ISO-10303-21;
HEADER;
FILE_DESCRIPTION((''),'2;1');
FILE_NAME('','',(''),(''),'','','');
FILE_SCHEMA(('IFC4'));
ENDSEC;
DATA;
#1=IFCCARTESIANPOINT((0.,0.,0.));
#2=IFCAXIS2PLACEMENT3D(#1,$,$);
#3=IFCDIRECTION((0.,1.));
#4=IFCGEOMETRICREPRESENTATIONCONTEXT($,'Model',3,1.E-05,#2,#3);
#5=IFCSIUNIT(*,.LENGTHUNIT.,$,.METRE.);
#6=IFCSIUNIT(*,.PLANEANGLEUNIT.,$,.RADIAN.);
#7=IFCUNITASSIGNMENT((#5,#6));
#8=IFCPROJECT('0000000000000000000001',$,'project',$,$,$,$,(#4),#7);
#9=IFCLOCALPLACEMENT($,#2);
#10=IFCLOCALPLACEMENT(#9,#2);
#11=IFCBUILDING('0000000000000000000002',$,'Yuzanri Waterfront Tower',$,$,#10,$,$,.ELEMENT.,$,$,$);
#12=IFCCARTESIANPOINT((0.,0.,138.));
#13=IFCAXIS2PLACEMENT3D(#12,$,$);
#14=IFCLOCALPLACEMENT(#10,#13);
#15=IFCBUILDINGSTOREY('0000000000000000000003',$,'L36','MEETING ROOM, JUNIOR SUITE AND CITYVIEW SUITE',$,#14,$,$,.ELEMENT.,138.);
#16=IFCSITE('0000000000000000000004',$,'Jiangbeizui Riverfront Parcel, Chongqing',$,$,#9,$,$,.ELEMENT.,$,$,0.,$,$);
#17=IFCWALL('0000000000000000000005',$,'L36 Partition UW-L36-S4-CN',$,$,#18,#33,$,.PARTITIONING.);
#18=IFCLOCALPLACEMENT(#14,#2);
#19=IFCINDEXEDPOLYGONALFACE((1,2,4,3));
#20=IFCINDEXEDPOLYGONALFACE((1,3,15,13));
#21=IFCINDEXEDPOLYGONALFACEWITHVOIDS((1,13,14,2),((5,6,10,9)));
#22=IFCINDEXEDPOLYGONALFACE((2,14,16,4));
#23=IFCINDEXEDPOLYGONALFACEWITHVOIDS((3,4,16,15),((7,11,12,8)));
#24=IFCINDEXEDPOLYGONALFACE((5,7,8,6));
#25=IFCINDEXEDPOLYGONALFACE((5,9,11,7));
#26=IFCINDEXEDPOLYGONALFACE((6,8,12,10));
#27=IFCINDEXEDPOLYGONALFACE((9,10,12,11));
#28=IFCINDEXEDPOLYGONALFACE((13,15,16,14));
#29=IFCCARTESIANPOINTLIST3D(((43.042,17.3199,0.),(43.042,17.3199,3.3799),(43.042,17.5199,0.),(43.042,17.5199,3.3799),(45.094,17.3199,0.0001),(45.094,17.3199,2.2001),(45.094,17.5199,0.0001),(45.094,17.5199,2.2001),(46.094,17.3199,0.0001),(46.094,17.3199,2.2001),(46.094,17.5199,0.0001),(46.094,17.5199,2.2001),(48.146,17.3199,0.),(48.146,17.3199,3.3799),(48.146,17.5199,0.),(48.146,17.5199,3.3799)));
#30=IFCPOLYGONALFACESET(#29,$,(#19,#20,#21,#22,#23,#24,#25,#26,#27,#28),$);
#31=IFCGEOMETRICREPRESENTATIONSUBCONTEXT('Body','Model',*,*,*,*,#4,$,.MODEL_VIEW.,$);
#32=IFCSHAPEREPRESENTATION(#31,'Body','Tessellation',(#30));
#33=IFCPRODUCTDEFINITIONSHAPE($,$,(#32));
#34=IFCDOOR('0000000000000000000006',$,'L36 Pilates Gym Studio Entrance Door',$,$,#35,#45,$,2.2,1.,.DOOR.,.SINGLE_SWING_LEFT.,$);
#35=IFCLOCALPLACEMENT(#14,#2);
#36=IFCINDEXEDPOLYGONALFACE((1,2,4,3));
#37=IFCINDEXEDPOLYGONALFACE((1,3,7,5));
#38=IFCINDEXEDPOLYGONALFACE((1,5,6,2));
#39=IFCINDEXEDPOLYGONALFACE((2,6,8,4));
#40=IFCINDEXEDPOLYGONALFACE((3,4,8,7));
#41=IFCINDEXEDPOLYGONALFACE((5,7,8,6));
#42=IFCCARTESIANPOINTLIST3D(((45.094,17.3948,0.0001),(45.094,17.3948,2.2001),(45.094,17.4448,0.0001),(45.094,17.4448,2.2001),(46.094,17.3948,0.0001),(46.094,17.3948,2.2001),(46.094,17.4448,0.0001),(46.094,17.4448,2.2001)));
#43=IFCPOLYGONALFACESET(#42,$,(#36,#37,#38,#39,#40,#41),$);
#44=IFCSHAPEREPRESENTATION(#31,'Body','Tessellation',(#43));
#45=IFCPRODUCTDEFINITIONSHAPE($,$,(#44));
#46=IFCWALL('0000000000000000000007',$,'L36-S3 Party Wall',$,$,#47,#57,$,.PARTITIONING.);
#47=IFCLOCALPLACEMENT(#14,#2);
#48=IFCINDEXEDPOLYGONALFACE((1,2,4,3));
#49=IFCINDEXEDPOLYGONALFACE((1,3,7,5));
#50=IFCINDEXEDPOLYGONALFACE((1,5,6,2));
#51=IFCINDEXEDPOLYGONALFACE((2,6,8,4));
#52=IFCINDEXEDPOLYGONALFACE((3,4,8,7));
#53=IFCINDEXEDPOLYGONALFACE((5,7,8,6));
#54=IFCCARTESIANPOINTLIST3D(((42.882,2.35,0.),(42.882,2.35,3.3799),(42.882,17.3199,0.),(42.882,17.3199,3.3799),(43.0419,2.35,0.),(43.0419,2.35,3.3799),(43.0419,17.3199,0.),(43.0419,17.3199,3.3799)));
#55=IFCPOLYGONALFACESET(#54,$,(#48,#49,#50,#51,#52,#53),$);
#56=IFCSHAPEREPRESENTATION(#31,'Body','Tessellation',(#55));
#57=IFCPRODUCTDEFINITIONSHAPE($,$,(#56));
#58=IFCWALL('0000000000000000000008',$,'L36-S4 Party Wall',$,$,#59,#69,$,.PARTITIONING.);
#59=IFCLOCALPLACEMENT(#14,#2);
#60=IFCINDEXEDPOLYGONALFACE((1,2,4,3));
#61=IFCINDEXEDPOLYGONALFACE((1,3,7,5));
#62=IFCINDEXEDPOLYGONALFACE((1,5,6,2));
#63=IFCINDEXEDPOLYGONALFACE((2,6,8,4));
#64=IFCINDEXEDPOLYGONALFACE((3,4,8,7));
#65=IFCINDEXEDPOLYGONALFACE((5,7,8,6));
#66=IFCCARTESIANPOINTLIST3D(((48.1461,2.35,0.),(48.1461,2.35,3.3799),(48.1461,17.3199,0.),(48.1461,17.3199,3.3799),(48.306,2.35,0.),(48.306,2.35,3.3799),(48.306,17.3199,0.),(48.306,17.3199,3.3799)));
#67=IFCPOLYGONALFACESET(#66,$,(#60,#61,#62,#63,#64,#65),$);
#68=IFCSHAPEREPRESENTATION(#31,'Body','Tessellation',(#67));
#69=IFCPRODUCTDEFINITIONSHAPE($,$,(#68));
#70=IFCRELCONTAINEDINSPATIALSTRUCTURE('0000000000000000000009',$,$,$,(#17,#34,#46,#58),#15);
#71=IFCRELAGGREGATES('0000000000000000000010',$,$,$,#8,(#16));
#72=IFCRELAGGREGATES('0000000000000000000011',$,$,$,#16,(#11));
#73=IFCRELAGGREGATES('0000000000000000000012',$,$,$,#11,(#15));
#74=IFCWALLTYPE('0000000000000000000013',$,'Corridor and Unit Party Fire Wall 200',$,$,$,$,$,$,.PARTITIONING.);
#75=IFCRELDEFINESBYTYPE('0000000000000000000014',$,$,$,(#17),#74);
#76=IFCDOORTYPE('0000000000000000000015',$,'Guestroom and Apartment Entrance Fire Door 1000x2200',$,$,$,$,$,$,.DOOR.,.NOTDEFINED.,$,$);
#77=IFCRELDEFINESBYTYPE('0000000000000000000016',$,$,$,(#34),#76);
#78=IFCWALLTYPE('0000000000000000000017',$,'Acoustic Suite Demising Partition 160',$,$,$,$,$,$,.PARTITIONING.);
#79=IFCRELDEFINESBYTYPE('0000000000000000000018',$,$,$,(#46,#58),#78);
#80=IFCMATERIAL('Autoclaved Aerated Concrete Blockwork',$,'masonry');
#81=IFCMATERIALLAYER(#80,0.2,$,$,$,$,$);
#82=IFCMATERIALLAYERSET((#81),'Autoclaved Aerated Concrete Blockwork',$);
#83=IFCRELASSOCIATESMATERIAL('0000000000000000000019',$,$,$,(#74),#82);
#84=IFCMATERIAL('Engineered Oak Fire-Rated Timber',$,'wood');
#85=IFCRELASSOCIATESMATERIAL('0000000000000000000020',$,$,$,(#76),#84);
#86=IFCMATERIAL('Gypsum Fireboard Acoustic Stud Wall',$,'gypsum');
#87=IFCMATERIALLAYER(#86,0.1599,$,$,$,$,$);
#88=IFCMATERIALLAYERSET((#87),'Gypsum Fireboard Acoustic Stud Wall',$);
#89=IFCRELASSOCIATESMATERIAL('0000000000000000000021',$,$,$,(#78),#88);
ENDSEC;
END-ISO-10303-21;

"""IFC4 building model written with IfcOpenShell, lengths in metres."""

from ifc_helpers import new_model, si_unit, direction, frame, frame_2d, origin, place, context, subcontext, project, spatial, rectangle, extrude, source, transform, mapped, material, layer, layer_set, type_object, element, fill, save


model = new_model("IFC4")

# Units and contexts
model_context = context("Model", 3, precision=1e-05, world=origin(), true_north=direction((0.0, 1.0)))
body_context = subcontext(model_context, "Body", "Model", "MODEL_VIEW")
ifc_project = project(units=[si_unit("LENGTHUNIT", "METRE"), si_unit("PLANEANGLEUNIT", "RADIAN")], contexts=[model_context])

# Site, building, storey
site_placement = place(None, origin())
site = spatial("IfcSite", under=ifc_project, at=site_placement, Name="Jiangbeizui Riverfront Parcel, Chongqing", CompositionType="ELEMENT", RefElevation=0.0)
building_placement = place(site_placement, origin())
building = spatial("IfcBuilding", under=site, at=building_placement, Name="Yuzanri Waterfront Tower", CompositionType="ELEMENT")
storey_placement = place(building_placement, frame((0.0, 0.0, 138.0)))
storey = spatial("IfcBuildingStorey", under=building, at=storey_placement, Name="L36", Description="MEETING ROOM, JUNIOR SUITE AND CITYVIEW SUITE", CompositionType="ELEMENT", Elevation=138.0)

# Wall, opening, door
ifc_material_1 = material(Name="Autoclaved Aerated Concrete Blockwork", Category="masonry")
ifc_layer_1 = layer(ifc_material_1, 0.2)
ifc_layer_set_1 = layer_set([ifc_layer_1], Name="Autoclaved Aerated Concrete Blockwork")
wall_type_1 = type_object("IfcWallType", Name="Corridor and Unit Party Fire Wall 200", PredefinedType="PARTITIONING", material=ifc_layer_set_1)
wall_placement = place(storey_placement, frame((43.042, 17.4199, 0.0), z_axis=(0.0, 0.0, 1.0), x_axis=(1.0, 0.0, 0.0)))
wall = element("IfcWall", 1, at=wall_placement, inside=storey, type_object=wall_type_1, Name="L36 Partition UW-L36-S4-CN", PredefinedType="PARTITIONING", context=body_context, shape_type="SweptSolid", body=[
    extrude(rectangle(XDim=5.104, YDim=0.2, at=frame_2d((2.552, 0.0))), origin(), (0.0, 0.0, 1.0), 3.3799),
])
opening_placement = place(wall_placement, frame((2.052, 0.0, 0.0)))
opening = element("IfcOpeningElement", 2, at=opening_placement, cuts=wall, PredefinedType="OPENING", context=body_context, shape_type="SweptSolid", body=[
    extrude(rectangle(XDim=1.0, YDim=2.2, at=frame_2d((0.5, 1.1001))), frame((0.0, 0.1147, 0.0), z_axis=(0.0, -1.0, 0.0), x_axis=(1.0, 0.0, 0.0)), (0.0, 0.0, 1.0), 0.2297),
])
ifc_material_2 = material(Name="Engineered Oak Fire-Rated Timber", Category="wood")
door_type = type_object("IfcDoorType", Name="Guestroom and Apartment Entrance Fire Door 1000x2200", OperationType="NOTDEFINED", PredefinedType="DOOR", material=ifc_material_2)
shared_shape_1 = source(origin(), body_context, "Body", "SweptSolid", [
    extrude(rectangle(XDim=1.0, YDim=2.2, at=frame_2d((0.5, 1.1001))), frame((0.0, 0.0249, 0.0), z_axis=(0.0, -1.0, 0.0), x_axis=(1.0, 0.0, 0.0)), (0.0, 0.0, 1.0), 0.05),
])
door_placement = place(opening_placement, origin())
door = element("IfcDoor", 3, at=door_placement, inside=storey, type_object=door_type, Name="L36 Pilates Gym Studio Entrance Door", OperationType="SINGLE_SWING_LEFT", OverallHeight=2.2, OverallWidth=1.0, PredefinedType="DOOR", context=body_context, shape_type="MappedRepresentation", body=[
    mapped(shared_shape_1, transform((0.0, 0.0, 0.0), scale=1.0)),
])
fill(opening, door)

# Walls
ifc_material_3 = material(Name="Gypsum Fireboard Acoustic Stud Wall", Category="gypsum")
ifc_layer_2 = layer(ifc_material_3, 0.1599)
ifc_layer_set_2 = layer_set([ifc_layer_2], Name="Gypsum Fireboard Acoustic Stud Wall")
wall_type_2 = type_object("IfcWallType", Name="Acoustic Suite Demising Partition 160", PredefinedType="PARTITIONING", material=ifc_layer_set_2)
shared_shape_2 = source(origin(), body_context, "Body", "SweptSolid", [
    extrude(rectangle(XDim=14.97, YDim=0.1599, at=frame_2d((7.4849, 0.0))), origin(), (0.0, 0.0, 1.0), 3.3799),
])
for number, where, z_axis, x_axis, name in (
    (4, (42.9619, 2.3501, 0.0), (0.0, 0.0, 1.0), (0.0, 1.0, 0.0), "L36-S3 Party Wall"),
    (5, (48.2261, 2.3501, 0.0), (0.0, 0.0, 1.0), (0.0, 1.0, 0.0), "L36-S4 Party Wall"),
):
    element("IfcWall", number, at=place(storey_placement, frame(where, z_axis=z_axis, x_axis=x_axis)), inside=storey, type_object=wall_type_2, Name=name, PredefinedType="PARTITIONING", context=body_context, shape_type="MappedRepresentation", body=[
        mapped(shared_shape_2, transform((0.0, 0.0, 0.0), scale=1.0)),
    ])

save(model, "model.ifc")
